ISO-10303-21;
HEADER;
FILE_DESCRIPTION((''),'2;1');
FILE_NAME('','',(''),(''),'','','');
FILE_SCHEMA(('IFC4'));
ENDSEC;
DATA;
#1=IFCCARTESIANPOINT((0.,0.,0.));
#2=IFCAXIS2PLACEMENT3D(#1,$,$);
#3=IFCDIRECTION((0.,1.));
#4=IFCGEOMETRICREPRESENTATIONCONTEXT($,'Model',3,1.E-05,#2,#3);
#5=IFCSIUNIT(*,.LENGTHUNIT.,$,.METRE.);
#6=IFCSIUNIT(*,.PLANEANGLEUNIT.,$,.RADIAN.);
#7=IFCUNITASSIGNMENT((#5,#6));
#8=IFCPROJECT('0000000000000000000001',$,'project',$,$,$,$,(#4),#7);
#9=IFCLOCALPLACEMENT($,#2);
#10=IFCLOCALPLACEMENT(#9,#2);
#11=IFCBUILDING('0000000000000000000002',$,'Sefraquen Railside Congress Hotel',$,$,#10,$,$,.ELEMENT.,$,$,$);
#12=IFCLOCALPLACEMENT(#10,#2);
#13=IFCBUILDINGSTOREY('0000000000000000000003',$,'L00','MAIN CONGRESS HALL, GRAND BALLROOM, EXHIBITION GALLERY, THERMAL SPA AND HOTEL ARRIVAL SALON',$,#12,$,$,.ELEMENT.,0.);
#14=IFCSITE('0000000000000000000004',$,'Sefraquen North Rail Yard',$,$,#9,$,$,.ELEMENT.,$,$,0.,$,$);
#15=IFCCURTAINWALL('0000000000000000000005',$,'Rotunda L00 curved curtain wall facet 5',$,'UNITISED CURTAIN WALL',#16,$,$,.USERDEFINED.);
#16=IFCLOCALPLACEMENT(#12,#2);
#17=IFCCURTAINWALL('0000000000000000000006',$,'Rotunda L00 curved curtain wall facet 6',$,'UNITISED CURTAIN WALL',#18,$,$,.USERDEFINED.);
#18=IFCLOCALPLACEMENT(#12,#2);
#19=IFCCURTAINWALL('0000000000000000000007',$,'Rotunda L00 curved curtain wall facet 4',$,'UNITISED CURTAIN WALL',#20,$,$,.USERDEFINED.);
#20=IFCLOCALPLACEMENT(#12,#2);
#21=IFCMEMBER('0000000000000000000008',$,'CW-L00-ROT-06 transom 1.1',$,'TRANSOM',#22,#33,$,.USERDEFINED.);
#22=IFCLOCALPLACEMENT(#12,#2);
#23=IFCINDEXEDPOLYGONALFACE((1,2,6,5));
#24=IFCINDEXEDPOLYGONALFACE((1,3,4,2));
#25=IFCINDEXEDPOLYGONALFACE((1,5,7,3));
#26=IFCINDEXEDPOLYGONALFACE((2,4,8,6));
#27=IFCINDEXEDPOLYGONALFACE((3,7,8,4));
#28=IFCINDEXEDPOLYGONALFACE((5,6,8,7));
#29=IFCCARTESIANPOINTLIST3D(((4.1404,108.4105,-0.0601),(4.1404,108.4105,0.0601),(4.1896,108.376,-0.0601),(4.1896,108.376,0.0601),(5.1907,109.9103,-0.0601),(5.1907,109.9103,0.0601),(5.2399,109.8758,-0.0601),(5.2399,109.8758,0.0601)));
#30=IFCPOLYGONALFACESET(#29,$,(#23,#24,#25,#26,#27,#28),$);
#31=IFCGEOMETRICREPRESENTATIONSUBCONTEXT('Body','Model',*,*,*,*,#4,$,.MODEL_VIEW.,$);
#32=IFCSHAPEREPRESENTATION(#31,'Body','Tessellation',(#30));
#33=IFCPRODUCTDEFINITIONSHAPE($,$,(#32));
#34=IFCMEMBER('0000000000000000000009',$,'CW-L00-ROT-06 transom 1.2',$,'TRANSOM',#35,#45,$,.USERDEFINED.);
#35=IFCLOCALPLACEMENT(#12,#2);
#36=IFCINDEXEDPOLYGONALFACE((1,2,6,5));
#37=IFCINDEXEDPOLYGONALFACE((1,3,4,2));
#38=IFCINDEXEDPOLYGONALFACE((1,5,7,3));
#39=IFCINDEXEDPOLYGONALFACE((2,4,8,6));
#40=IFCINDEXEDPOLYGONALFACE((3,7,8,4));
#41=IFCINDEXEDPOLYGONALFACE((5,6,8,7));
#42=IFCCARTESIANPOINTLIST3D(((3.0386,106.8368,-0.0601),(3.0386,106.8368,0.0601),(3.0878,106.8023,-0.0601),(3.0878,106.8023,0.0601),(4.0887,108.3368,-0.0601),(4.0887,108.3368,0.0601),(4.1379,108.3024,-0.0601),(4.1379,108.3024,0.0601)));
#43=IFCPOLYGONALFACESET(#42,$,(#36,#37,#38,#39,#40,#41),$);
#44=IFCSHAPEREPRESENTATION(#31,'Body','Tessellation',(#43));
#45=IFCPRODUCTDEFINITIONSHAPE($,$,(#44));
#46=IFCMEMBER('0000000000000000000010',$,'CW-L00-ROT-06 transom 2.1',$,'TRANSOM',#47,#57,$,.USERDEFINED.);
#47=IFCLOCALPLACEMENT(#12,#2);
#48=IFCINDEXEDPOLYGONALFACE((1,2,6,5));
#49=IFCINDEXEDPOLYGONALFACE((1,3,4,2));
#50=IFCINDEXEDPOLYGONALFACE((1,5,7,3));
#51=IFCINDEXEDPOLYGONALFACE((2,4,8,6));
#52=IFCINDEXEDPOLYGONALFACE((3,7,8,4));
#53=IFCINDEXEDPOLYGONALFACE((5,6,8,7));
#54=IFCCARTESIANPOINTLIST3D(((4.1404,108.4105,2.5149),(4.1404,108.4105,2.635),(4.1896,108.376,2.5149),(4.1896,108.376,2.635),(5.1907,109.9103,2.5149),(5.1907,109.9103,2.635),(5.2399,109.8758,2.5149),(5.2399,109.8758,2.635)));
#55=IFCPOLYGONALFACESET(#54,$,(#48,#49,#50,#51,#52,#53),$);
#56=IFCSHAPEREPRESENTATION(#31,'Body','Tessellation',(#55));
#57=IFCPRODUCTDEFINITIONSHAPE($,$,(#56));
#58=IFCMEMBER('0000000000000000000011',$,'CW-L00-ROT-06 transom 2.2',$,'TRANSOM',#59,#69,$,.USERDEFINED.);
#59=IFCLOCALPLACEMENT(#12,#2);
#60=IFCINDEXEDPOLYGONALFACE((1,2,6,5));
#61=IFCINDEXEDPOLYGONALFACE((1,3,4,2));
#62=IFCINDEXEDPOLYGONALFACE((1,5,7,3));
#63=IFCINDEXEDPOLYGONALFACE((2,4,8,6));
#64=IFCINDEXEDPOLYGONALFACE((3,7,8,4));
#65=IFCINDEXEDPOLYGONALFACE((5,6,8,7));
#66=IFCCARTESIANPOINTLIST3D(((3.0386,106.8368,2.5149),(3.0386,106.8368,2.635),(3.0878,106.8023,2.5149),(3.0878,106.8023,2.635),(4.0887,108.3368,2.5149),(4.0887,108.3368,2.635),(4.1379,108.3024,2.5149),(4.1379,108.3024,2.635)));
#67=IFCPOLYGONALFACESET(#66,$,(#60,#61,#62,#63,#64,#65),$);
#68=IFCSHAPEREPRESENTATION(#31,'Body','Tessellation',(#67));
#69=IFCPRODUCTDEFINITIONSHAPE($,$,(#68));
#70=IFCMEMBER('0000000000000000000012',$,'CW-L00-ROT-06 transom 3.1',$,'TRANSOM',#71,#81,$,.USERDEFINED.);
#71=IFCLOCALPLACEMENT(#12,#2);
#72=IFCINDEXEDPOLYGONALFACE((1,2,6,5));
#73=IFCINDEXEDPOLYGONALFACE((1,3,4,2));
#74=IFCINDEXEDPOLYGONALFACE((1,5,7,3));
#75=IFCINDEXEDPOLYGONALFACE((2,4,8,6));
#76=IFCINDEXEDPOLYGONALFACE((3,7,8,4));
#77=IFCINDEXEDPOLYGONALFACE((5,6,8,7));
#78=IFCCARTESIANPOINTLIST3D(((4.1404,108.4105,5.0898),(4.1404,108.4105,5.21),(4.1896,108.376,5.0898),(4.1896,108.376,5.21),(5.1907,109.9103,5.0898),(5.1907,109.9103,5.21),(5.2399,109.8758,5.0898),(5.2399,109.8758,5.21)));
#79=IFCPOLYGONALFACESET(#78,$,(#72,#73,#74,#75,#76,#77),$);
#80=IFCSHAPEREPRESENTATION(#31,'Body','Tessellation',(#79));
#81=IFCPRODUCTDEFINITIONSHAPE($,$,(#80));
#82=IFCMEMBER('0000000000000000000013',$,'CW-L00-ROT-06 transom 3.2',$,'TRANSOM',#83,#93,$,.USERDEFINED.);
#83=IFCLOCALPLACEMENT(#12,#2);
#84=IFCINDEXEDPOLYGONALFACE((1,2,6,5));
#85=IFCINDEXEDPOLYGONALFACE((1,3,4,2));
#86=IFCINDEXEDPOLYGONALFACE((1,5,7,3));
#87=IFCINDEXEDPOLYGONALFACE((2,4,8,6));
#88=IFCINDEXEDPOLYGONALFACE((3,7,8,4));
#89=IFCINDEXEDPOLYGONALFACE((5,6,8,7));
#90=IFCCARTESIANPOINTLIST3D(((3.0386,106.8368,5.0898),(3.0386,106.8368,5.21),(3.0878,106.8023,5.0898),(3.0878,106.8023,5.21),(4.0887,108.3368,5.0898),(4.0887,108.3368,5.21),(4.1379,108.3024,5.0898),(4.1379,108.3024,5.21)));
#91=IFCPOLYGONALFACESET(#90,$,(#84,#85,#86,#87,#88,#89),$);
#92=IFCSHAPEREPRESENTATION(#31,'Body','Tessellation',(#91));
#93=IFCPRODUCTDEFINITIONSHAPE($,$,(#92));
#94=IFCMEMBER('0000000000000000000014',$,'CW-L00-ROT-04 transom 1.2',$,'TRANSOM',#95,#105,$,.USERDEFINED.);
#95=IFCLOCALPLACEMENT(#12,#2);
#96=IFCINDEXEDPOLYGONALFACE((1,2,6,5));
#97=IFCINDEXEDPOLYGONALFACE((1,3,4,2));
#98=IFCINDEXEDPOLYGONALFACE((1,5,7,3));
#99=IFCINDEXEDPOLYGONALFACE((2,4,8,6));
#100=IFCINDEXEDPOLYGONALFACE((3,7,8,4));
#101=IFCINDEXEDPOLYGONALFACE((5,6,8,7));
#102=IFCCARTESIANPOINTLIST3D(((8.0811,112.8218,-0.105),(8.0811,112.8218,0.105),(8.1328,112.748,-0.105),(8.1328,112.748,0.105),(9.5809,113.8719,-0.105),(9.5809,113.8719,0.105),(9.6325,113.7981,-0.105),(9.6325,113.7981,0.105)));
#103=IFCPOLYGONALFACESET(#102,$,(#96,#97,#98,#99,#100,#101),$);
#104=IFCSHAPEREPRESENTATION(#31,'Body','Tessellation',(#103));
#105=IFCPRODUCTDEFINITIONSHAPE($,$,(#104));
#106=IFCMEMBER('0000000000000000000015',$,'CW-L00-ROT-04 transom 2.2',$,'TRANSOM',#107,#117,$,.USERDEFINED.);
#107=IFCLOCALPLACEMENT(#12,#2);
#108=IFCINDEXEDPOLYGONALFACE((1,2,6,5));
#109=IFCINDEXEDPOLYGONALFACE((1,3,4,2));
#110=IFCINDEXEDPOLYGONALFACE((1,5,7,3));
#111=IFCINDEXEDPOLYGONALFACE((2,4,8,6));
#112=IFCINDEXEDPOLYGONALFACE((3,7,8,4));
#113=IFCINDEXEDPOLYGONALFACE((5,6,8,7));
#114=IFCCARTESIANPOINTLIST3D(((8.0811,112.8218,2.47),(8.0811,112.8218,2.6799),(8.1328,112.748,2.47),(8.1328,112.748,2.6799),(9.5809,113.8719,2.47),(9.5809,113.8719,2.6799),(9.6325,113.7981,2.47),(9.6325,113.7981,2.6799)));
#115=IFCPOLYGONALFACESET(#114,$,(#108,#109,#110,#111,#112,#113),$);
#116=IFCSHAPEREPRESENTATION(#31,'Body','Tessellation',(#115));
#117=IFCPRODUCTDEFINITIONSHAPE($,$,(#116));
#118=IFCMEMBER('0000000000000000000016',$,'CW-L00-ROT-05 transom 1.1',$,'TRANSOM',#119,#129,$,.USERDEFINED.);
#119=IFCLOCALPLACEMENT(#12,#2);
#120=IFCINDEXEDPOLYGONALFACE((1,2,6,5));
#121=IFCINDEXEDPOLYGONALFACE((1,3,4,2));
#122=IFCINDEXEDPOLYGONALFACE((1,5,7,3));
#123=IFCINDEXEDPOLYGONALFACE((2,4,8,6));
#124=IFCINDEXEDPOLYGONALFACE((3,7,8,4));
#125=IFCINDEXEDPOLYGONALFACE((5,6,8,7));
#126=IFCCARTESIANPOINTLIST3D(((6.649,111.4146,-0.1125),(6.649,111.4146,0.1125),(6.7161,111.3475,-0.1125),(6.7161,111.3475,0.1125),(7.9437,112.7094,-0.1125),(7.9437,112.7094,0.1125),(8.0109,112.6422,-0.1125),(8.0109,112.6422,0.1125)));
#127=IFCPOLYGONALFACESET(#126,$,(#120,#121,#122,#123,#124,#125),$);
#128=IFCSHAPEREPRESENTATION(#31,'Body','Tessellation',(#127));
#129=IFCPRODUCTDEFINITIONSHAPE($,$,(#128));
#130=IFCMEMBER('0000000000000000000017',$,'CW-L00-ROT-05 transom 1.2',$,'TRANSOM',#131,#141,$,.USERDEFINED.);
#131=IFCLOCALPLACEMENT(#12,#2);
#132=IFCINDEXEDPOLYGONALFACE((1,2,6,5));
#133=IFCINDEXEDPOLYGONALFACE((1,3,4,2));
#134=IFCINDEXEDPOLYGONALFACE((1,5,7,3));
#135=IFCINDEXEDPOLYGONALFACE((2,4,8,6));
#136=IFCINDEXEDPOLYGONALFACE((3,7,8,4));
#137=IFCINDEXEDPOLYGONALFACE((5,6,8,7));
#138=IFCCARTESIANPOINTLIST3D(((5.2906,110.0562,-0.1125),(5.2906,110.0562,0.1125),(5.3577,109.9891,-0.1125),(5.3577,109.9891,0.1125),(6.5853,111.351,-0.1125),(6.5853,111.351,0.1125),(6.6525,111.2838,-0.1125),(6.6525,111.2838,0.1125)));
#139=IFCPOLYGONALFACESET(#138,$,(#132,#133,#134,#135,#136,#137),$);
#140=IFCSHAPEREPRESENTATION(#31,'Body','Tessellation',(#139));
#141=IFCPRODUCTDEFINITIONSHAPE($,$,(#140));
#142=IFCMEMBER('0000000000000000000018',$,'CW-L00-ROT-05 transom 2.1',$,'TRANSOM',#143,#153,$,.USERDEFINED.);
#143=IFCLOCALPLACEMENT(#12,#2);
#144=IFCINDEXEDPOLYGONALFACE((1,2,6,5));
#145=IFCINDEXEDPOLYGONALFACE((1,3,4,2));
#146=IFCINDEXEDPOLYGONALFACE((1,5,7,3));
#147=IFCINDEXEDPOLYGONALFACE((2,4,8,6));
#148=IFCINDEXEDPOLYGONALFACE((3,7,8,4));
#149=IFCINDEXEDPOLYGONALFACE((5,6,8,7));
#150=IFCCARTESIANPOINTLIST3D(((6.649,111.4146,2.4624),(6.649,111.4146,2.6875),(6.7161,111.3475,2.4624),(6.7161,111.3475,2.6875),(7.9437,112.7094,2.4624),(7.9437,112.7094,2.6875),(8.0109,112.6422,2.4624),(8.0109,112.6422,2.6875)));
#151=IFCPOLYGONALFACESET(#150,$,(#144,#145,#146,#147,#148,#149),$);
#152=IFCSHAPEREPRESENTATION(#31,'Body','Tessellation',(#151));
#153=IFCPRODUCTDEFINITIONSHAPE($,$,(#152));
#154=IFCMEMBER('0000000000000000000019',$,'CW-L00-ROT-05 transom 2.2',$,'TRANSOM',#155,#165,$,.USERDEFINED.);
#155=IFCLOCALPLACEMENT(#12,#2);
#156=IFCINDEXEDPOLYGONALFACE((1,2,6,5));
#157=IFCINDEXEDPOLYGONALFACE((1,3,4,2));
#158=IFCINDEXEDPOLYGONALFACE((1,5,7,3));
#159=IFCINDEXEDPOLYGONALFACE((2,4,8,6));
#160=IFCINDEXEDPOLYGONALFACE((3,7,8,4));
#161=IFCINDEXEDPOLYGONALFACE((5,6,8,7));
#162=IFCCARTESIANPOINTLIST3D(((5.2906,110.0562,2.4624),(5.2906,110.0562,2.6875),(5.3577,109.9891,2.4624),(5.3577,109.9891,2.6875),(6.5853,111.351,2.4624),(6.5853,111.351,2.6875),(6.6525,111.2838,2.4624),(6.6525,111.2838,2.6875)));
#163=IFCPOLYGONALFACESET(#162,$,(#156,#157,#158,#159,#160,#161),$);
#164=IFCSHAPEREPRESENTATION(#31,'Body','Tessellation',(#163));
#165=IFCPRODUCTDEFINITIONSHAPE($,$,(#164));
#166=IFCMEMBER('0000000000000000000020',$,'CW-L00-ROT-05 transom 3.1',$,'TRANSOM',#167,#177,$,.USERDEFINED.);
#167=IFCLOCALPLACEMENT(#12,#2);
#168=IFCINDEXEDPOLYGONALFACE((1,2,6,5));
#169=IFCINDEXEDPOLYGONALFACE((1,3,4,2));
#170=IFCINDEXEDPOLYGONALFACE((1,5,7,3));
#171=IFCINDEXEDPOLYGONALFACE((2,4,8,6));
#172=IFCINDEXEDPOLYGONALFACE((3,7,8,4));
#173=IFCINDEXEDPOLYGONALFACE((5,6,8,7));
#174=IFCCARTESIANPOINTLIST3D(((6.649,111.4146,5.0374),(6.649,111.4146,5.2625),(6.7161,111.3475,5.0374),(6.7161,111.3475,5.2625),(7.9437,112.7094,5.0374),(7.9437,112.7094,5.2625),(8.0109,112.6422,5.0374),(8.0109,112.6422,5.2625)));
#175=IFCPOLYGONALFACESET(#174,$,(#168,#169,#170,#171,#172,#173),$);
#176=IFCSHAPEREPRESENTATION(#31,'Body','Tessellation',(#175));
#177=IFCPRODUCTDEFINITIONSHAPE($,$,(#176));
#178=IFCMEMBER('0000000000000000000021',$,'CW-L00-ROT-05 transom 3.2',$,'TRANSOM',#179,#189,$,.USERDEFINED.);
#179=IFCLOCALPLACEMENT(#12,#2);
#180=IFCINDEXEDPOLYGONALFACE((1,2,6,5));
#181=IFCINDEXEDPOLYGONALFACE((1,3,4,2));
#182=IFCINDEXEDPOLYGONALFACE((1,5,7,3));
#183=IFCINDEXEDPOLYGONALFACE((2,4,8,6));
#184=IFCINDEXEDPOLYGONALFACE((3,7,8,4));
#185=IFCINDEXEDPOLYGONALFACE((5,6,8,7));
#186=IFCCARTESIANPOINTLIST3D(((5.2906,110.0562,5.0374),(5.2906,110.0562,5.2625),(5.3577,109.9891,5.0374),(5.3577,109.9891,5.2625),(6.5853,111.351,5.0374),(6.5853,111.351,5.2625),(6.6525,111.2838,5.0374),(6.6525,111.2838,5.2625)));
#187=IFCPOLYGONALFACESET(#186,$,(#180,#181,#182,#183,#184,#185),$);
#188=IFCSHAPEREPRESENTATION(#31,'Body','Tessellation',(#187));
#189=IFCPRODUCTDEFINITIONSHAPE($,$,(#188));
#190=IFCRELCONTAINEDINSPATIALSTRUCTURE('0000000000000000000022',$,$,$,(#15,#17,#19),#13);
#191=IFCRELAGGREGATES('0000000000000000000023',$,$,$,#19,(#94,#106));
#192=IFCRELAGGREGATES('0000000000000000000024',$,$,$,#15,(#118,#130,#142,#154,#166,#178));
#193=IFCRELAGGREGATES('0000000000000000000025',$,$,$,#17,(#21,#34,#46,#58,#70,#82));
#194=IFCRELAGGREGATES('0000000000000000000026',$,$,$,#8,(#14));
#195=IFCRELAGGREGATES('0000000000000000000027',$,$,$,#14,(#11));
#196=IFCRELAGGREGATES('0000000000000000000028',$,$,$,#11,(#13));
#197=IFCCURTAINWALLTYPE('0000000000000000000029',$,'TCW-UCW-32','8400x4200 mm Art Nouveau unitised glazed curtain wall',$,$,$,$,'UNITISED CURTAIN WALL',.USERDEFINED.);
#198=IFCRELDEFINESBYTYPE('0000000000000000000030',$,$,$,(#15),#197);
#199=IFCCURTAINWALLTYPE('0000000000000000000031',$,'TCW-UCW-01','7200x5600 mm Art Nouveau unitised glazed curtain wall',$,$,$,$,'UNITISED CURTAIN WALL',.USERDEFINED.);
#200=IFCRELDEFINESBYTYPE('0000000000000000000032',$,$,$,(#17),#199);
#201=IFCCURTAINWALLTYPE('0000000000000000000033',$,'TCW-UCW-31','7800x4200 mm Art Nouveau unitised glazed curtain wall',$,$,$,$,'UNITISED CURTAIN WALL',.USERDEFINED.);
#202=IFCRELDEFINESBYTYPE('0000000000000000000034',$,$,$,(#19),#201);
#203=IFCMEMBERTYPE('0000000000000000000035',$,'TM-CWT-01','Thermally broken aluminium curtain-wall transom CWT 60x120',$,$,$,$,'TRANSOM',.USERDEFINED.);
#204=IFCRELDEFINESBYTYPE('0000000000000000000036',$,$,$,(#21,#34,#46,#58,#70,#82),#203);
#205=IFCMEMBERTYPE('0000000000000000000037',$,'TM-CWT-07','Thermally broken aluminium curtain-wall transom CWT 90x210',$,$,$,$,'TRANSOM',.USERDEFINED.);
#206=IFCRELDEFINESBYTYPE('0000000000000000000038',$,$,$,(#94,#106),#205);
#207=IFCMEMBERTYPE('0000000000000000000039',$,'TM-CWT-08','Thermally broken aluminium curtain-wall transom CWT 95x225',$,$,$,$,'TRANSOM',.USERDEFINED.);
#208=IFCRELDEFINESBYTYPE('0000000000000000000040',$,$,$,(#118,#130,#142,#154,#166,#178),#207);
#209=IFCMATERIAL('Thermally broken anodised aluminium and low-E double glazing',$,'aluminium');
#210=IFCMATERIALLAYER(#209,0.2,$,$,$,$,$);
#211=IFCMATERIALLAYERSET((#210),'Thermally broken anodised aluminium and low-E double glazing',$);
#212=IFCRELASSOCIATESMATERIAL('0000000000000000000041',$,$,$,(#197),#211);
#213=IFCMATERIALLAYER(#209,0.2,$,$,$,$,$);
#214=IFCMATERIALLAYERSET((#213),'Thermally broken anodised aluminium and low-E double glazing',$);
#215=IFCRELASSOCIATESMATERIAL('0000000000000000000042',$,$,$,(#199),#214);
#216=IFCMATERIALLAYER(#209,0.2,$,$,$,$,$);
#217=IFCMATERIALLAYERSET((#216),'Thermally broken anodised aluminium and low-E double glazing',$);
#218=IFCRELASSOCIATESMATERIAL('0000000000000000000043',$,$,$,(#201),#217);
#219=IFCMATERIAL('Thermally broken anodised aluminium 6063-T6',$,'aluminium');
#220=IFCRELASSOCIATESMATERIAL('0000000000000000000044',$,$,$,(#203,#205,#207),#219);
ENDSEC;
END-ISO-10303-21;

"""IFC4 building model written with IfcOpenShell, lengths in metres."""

from ifc_helpers import new_model, si_unit, direction, frame, origin, origin_2d, place, context, subcontext, project, spatial, rectangle, extrude, material, layer, layer_set, material_profile, profile_set, type_object, element, aggregate, save


model = new_model("IFC4")

# Units and contexts
model_context = context("Model", 3, precision=1e-05, world=origin(), true_north=direction((0.0, 1.0)))
body_context = subcontext(model_context, "Body", "Model", "MODEL_VIEW")
ifc_project = project(units=[si_unit("LENGTHUNIT", "METRE"), si_unit("PLANEANGLEUNIT", "RADIAN")], contexts=[model_context])

# Site, building, storey
site_placement = place(None, origin())
site = spatial("IfcSite", under=ifc_project, at=site_placement, Name="Sefraquen North Rail Yard", CompositionType="ELEMENT", RefElevation=0.0)
building_placement = place(site_placement, origin())
building = spatial("IfcBuilding", under=site, at=building_placement, Name="Sefraquen Railside Congress Hotel", CompositionType="ELEMENT")
storey_placement = place(building_placement, origin())
storey = spatial("IfcBuildingStorey", under=building, at=storey_placement, Name="L00", Description="MAIN CONGRESS HALL, GRAND BALLROOM, EXHIBITION GALLERY, THERMAL SPA AND HOTEL ARRIVAL SALON", CompositionType="ELEMENT", Elevation=0.0)

# Curtain walls
ifc_material_1 = material(Name="Thermally broken anodised aluminium and low-E double glazing", Category="aluminium")
ifc_layer_1 = layer(ifc_material_1, 0.2)
ifc_layer_set_1 = layer_set([ifc_layer_1], Name="Thermally broken anodised aluminium and low-E double glazing")
curtain_wall_type_1 = type_object("IfcCurtainWallType", Name="TCW-UCW-32", Description="8400x4200 mm Art Nouveau unitised glazed curtain wall", ElementType="UNITISED CURTAIN WALL", PredefinedType="USERDEFINED", material=ifc_layer_set_1)
curtain_wall_1_placement = place(storey_placement, origin())
curtain_wall_1 = element("IfcCurtainWall", 1, at=curtain_wall_1_placement, inside=storey, type_object=curtain_wall_type_1, Name="Rotunda L00 curved curtain wall facet 5", ObjectType="UNITISED CURTAIN WALL", PredefinedType="USERDEFINED")
ifc_material_2 = material(Name="Thermally broken anodised aluminium 6063-T6", Category="aluminium")
ifc_layer_2 = layer(ifc_material_1, 0.2)
ifc_layer_set_2 = layer_set([ifc_layer_2], Name="Thermally broken anodised aluminium and low-E double glazing")
curtain_wall_type_2 = type_object("IfcCurtainWallType", Name="TCW-UCW-01", Description="7200x5600 mm Art Nouveau unitised glazed curtain wall", ElementType="UNITISED CURTAIN WALL", PredefinedType="USERDEFINED", material=ifc_layer_set_2)
curtain_wall_2_placement = place(storey_placement, origin())
curtain_wall_2 = element("IfcCurtainWall", 2, at=curtain_wall_2_placement, inside=storey, type_object=curtain_wall_type_2, Name="Rotunda L00 curved curtain wall facet 6", ObjectType="UNITISED CURTAIN WALL", PredefinedType="USERDEFINED")
ifc_layer_3 = layer(ifc_material_1, 0.2)
ifc_layer_set_3 = layer_set([ifc_layer_3], Name="Thermally broken anodised aluminium and low-E double glazing")
curtain_wall_type_3 = type_object("IfcCurtainWallType", Name="TCW-UCW-31", Description="7800x4200 mm Art Nouveau unitised glazed curtain wall", ElementType="UNITISED CURTAIN WALL", PredefinedType="USERDEFINED", material=ifc_layer_set_3)
curtain_wall_3_placement = place(storey_placement, origin())
curtain_wall_3 = element("IfcCurtainWall", 3, at=curtain_wall_3_placement, inside=storey, type_object=curtain_wall_type_3, Name="Rotunda L00 curved curtain wall facet 4", ObjectType="UNITISED CURTAIN WALL", PredefinedType="USERDEFINED")

# Members
ifc_material_profile_1 = material_profile(ifc_material_2, rectangle(XDim=0.0601, YDim=0.1201, at=origin_2d()), Name="CWT 60x120")
ifc_profile_set_1 = profile_set([ifc_material_profile_1], Name="Thermally broken anodised aluminium 6063-T6")
member_type_1 = type_object("IfcMemberType", Name="TM-CWT-01", Description="Thermally broken aluminium curtain-wall transom CWT 60x120", ElementType="TRANSOM", PredefinedType="USERDEFINED", material=ifc_profile_set_1)
member_1_placement = place(storey_placement, frame((5.2153, 109.8931, 0.0), z_axis=(-0.573632, -0.819113, 0.0), x_axis=(0.819113, -0.573632, 0.0)))
member_1 = element("IfcMember", 4, at=member_1_placement, type_object=member_type_1, Name="CW-L00-ROT-06 transom 1.1", ObjectType="TRANSOM", PredefinedType="USERDEFINED", context=body_context, shape_type="SweptSolid", body=[
    extrude(rectangle(XDim=0.0601, YDim=0.1201, at=origin_2d()), origin(), (0.0, 0.0, 1.0), 1.8311),
])
member_2_placement = place(storey_placement, frame((4.1133, 108.3196, 0.0), z_axis=(-0.57348, -0.819219, 0.0), x_axis=(0.819219, -0.57348, 0.0)))
member_2 = element("IfcMember", 5, at=member_2_placement, type_object=member_type_1, Name="CW-L00-ROT-06 transom 1.2", ObjectType="TRANSOM", PredefinedType="USERDEFINED", context=body_context, shape_type="SweptSolid", body=[
    extrude(rectangle(XDim=0.0601, YDim=0.1201, at=origin_2d()), origin(), (0.0, 0.0, 1.0), 1.8311),
])
member_3_placement = place(storey_placement, frame((5.2153, 109.8931, 2.575), z_axis=(-0.573632, -0.819113, 0.0), x_axis=(0.819113, -0.573632, 0.0)))
member_3 = element("IfcMember", 6, at=member_3_placement, type_object=member_type_1, Name="CW-L00-ROT-06 transom 2.1", ObjectType="TRANSOM", PredefinedType="USERDEFINED", context=body_context, shape_type="SweptSolid", body=[
    extrude(rectangle(XDim=0.0601, YDim=0.1201, at=origin_2d()), origin(), (0.0, 0.0, 1.0), 1.8311),
])
member_4_placement = place(storey_placement, frame((4.1133, 108.3196, 2.575), z_axis=(-0.57348, -0.819219, 0.0), x_axis=(0.819219, -0.57348, 0.0)))
member_4 = element("IfcMember", 7, at=member_4_placement, type_object=member_type_1, Name="CW-L00-ROT-06 transom 2.2", ObjectType="TRANSOM", PredefinedType="USERDEFINED", context=body_context, shape_type="SweptSolid", body=[
    extrude(rectangle(XDim=0.0601, YDim=0.1201, at=origin_2d()), origin(), (0.0, 0.0, 1.0), 1.8311),
])
member_5_placement = place(storey_placement, frame((5.2153, 109.8931, 5.1499), z_axis=(-0.573632, -0.819113, 0.0), x_axis=(0.819113, -0.573632, 0.0)))
member_5 = element("IfcMember", 8, at=member_5_placement, type_object=member_type_1, Name="CW-L00-ROT-06 transom 3.1", ObjectType="TRANSOM", PredefinedType="USERDEFINED", context=body_context, shape_type="SweptSolid", body=[
    extrude(rectangle(XDim=0.0601, YDim=0.1201, at=origin_2d()), origin(), (0.0, 0.0, 1.0), 1.8311),
])
member_6_placement = place(storey_placement, frame((4.1133, 108.3196, 5.1499), z_axis=(-0.57348, -0.819219, 0.0), x_axis=(0.819219, -0.57348, 0.0)))
member_6 = element("IfcMember", 9, at=member_6_placement, type_object=member_type_1, Name="CW-L00-ROT-06 transom 3.2", ObjectType="TRANSOM", PredefinedType="USERDEFINED", context=body_context, shape_type="SweptSolid", body=[
    extrude(rectangle(XDim=0.0601, YDim=0.1201, at=origin_2d()), origin(), (0.0, 0.0, 1.0), 1.8311),
])
ifc_material_profile_2 = material_profile(ifc_material_2, rectangle(XDim=0.0901, YDim=0.21, at=origin_2d()), Name="CWT 90x210")
ifc_profile_set_2 = profile_set([ifc_material_profile_2], Name="Thermally broken anodised aluminium 6063-T6")
member_type_2 = type_object("IfcMemberType", Name="TM-CWT-07", Description="Thermally broken aluminium curtain-wall transom CWT 90x210", ElementType="TRANSOM", PredefinedType="USERDEFINED", material=ifc_profile_set_2)
member_7_placement = place(storey_placement, frame((9.6067, 113.835, 0.0), z_axis=(-0.819176, -0.573543, 0.0), x_axis=(0.573543, -0.819176, 0.0)))
member_7 = element("IfcMember", 10, at=member_7_placement, type_object=member_type_2, Name="CW-L00-ROT-04 transom 1.2", ObjectType="TRANSOM", PredefinedType="USERDEFINED", context=body_context, shape_type="SweptSolid", body=[
    extrude(rectangle(XDim=0.0901, YDim=0.21, at=origin_2d()), origin(), (0.0, 0.0, 1.0), 1.8308),
])
member_8_placement = place(storey_placement, frame((9.6067, 113.835, 2.575), z_axis=(-0.819176, -0.573543, 0.0), x_axis=(0.573543, -0.819176, 0.0)))
member_8 = element("IfcMember", 11, at=member_8_placement, type_object=member_type_2, Name="CW-L00-ROT-04 transom 2.2", ObjectType="TRANSOM", PredefinedType="USERDEFINED", context=body_context, shape_type="SweptSolid", body=[
    extrude(rectangle(XDim=0.0901, YDim=0.21, at=origin_2d()), origin(), (0.0, 0.0, 1.0), 1.8308),
])
ifc_material_profile_3 = material_profile(ifc_material_2, rectangle(XDim=0.095, YDim=0.2251, at=origin_2d()), Name="CWT 95x225")
ifc_profile_set_3 = profile_set([ifc_material_profile_3], Name="Thermally broken anodised aluminium 6063-T6")
member_type_3 = type_object("IfcMemberType", Name="TM-CWT-08", Description="Thermally broken aluminium curtain-wall transom CWT 95x225", ElementType="TRANSOM", PredefinedType="USERDEFINED", material=ifc_profile_set_3)
member_9_placement = place(storey_placement, frame((7.9773, 112.6758, 0.0), z_axis=(-0.707107, -0.707107, 0.0), x_axis=(0.707107, -0.707107, 0.0)))
member_9 = element("IfcMember", 12, at=member_9_placement, type_object=member_type_3, Name="CW-L00-ROT-05 transom 1.1", ObjectType="TRANSOM", PredefinedType="USERDEFINED", context=body_context, shape_type="SweptSolid", body=[
    extrude(rectangle(XDim=0.095, YDim=0.2251, at=origin_2d()), origin(), (0.0, 0.0, 1.0), 1.8311),
])
member_10_placement = place(storey_placement, frame((6.6189, 111.3174, 0.0), z_axis=(-0.707107, -0.707107, 0.0), x_axis=(0.707107, -0.707107, 0.0)))
member_10 = element("IfcMember", 13, at=member_10_placement, type_object=member_type_3, Name="CW-L00-ROT-05 transom 1.2", ObjectType="TRANSOM", PredefinedType="USERDEFINED", context=body_context, shape_type="SweptSolid", body=[
    extrude(rectangle(XDim=0.095, YDim=0.2251, at=origin_2d()), origin(), (0.0, 0.0, 1.0), 1.8311),
])
member_11_placement = place(storey_placement, frame((7.9773, 112.6758, 2.575), z_axis=(-0.707107, -0.707107, 0.0), x_axis=(0.707107, -0.707107, 0.0)))
member_11 = element("IfcMember", 14, at=member_11_placement, type_object=member_type_3, Name="CW-L00-ROT-05 transom 2.1", ObjectType="TRANSOM", PredefinedType="USERDEFINED", context=body_context, shape_type="SweptSolid", body=[
    extrude(rectangle(XDim=0.095, YDim=0.2251, at=origin_2d()), origin(), (0.0, 0.0, 1.0), 1.8311),
])
member_12_placement = place(storey_placement, frame((6.6189, 111.3174, 2.575), z_axis=(-0.707107, -0.707107, 0.0), x_axis=(0.707107, -0.707107, 0.0)))
member_12 = element("IfcMember", 15, at=member_12_placement, type_object=member_type_3, Name="CW-L00-ROT-05 transom 2.2", ObjectType="TRANSOM", PredefinedType="USERDEFINED", context=body_context, shape_type="SweptSolid", body=[
    extrude(rectangle(XDim=0.095, YDim=0.2251, at=origin_2d()), origin(), (0.0, 0.0, 1.0), 1.8311),
])
member_13_placement = place(storey_placement, frame((7.9773, 112.6758, 5.1499), z_axis=(-0.707107, -0.707107, 0.0), x_axis=(0.707107, -0.707107, 0.0)))
member_13 = element("IfcMember", 16, at=member_13_placement, type_object=member_type_3, Name="CW-L00-ROT-05 transom 3.1", ObjectType="TRANSOM", PredefinedType="USERDEFINED", context=body_context, shape_type="SweptSolid", body=[
    extrude(rectangle(XDim=0.095, YDim=0.2251, at=origin_2d()), origin(), (0.0, 0.0, 1.0), 1.8311),
])
member_14_placement = place(storey_placement, frame((6.6189, 111.3174, 5.1499), z_axis=(-0.707107, -0.707107, 0.0), x_axis=(0.707107, -0.707107, 0.0)))
member_14 = element("IfcMember", 17, at=member_14_placement, type_object=member_type_3, Name="CW-L00-ROT-05 transom 3.2", ObjectType="TRANSOM", PredefinedType="USERDEFINED", context=body_context, shape_type="SweptSolid", body=[
    extrude(rectangle(XDim=0.095, YDim=0.2251, at=origin_2d()), origin(), (0.0, 0.0, 1.0), 1.8311),
])

aggregate(curtain_wall_3, [member_7, member_8])
aggregate(curtain_wall_1, [member_9, member_10, member_11, member_12, member_13, member_14])
aggregate(curtain_wall_2, [member_1, member_2, member_3, member_4, member_5, member_6])

save(model, "model.ifc")
